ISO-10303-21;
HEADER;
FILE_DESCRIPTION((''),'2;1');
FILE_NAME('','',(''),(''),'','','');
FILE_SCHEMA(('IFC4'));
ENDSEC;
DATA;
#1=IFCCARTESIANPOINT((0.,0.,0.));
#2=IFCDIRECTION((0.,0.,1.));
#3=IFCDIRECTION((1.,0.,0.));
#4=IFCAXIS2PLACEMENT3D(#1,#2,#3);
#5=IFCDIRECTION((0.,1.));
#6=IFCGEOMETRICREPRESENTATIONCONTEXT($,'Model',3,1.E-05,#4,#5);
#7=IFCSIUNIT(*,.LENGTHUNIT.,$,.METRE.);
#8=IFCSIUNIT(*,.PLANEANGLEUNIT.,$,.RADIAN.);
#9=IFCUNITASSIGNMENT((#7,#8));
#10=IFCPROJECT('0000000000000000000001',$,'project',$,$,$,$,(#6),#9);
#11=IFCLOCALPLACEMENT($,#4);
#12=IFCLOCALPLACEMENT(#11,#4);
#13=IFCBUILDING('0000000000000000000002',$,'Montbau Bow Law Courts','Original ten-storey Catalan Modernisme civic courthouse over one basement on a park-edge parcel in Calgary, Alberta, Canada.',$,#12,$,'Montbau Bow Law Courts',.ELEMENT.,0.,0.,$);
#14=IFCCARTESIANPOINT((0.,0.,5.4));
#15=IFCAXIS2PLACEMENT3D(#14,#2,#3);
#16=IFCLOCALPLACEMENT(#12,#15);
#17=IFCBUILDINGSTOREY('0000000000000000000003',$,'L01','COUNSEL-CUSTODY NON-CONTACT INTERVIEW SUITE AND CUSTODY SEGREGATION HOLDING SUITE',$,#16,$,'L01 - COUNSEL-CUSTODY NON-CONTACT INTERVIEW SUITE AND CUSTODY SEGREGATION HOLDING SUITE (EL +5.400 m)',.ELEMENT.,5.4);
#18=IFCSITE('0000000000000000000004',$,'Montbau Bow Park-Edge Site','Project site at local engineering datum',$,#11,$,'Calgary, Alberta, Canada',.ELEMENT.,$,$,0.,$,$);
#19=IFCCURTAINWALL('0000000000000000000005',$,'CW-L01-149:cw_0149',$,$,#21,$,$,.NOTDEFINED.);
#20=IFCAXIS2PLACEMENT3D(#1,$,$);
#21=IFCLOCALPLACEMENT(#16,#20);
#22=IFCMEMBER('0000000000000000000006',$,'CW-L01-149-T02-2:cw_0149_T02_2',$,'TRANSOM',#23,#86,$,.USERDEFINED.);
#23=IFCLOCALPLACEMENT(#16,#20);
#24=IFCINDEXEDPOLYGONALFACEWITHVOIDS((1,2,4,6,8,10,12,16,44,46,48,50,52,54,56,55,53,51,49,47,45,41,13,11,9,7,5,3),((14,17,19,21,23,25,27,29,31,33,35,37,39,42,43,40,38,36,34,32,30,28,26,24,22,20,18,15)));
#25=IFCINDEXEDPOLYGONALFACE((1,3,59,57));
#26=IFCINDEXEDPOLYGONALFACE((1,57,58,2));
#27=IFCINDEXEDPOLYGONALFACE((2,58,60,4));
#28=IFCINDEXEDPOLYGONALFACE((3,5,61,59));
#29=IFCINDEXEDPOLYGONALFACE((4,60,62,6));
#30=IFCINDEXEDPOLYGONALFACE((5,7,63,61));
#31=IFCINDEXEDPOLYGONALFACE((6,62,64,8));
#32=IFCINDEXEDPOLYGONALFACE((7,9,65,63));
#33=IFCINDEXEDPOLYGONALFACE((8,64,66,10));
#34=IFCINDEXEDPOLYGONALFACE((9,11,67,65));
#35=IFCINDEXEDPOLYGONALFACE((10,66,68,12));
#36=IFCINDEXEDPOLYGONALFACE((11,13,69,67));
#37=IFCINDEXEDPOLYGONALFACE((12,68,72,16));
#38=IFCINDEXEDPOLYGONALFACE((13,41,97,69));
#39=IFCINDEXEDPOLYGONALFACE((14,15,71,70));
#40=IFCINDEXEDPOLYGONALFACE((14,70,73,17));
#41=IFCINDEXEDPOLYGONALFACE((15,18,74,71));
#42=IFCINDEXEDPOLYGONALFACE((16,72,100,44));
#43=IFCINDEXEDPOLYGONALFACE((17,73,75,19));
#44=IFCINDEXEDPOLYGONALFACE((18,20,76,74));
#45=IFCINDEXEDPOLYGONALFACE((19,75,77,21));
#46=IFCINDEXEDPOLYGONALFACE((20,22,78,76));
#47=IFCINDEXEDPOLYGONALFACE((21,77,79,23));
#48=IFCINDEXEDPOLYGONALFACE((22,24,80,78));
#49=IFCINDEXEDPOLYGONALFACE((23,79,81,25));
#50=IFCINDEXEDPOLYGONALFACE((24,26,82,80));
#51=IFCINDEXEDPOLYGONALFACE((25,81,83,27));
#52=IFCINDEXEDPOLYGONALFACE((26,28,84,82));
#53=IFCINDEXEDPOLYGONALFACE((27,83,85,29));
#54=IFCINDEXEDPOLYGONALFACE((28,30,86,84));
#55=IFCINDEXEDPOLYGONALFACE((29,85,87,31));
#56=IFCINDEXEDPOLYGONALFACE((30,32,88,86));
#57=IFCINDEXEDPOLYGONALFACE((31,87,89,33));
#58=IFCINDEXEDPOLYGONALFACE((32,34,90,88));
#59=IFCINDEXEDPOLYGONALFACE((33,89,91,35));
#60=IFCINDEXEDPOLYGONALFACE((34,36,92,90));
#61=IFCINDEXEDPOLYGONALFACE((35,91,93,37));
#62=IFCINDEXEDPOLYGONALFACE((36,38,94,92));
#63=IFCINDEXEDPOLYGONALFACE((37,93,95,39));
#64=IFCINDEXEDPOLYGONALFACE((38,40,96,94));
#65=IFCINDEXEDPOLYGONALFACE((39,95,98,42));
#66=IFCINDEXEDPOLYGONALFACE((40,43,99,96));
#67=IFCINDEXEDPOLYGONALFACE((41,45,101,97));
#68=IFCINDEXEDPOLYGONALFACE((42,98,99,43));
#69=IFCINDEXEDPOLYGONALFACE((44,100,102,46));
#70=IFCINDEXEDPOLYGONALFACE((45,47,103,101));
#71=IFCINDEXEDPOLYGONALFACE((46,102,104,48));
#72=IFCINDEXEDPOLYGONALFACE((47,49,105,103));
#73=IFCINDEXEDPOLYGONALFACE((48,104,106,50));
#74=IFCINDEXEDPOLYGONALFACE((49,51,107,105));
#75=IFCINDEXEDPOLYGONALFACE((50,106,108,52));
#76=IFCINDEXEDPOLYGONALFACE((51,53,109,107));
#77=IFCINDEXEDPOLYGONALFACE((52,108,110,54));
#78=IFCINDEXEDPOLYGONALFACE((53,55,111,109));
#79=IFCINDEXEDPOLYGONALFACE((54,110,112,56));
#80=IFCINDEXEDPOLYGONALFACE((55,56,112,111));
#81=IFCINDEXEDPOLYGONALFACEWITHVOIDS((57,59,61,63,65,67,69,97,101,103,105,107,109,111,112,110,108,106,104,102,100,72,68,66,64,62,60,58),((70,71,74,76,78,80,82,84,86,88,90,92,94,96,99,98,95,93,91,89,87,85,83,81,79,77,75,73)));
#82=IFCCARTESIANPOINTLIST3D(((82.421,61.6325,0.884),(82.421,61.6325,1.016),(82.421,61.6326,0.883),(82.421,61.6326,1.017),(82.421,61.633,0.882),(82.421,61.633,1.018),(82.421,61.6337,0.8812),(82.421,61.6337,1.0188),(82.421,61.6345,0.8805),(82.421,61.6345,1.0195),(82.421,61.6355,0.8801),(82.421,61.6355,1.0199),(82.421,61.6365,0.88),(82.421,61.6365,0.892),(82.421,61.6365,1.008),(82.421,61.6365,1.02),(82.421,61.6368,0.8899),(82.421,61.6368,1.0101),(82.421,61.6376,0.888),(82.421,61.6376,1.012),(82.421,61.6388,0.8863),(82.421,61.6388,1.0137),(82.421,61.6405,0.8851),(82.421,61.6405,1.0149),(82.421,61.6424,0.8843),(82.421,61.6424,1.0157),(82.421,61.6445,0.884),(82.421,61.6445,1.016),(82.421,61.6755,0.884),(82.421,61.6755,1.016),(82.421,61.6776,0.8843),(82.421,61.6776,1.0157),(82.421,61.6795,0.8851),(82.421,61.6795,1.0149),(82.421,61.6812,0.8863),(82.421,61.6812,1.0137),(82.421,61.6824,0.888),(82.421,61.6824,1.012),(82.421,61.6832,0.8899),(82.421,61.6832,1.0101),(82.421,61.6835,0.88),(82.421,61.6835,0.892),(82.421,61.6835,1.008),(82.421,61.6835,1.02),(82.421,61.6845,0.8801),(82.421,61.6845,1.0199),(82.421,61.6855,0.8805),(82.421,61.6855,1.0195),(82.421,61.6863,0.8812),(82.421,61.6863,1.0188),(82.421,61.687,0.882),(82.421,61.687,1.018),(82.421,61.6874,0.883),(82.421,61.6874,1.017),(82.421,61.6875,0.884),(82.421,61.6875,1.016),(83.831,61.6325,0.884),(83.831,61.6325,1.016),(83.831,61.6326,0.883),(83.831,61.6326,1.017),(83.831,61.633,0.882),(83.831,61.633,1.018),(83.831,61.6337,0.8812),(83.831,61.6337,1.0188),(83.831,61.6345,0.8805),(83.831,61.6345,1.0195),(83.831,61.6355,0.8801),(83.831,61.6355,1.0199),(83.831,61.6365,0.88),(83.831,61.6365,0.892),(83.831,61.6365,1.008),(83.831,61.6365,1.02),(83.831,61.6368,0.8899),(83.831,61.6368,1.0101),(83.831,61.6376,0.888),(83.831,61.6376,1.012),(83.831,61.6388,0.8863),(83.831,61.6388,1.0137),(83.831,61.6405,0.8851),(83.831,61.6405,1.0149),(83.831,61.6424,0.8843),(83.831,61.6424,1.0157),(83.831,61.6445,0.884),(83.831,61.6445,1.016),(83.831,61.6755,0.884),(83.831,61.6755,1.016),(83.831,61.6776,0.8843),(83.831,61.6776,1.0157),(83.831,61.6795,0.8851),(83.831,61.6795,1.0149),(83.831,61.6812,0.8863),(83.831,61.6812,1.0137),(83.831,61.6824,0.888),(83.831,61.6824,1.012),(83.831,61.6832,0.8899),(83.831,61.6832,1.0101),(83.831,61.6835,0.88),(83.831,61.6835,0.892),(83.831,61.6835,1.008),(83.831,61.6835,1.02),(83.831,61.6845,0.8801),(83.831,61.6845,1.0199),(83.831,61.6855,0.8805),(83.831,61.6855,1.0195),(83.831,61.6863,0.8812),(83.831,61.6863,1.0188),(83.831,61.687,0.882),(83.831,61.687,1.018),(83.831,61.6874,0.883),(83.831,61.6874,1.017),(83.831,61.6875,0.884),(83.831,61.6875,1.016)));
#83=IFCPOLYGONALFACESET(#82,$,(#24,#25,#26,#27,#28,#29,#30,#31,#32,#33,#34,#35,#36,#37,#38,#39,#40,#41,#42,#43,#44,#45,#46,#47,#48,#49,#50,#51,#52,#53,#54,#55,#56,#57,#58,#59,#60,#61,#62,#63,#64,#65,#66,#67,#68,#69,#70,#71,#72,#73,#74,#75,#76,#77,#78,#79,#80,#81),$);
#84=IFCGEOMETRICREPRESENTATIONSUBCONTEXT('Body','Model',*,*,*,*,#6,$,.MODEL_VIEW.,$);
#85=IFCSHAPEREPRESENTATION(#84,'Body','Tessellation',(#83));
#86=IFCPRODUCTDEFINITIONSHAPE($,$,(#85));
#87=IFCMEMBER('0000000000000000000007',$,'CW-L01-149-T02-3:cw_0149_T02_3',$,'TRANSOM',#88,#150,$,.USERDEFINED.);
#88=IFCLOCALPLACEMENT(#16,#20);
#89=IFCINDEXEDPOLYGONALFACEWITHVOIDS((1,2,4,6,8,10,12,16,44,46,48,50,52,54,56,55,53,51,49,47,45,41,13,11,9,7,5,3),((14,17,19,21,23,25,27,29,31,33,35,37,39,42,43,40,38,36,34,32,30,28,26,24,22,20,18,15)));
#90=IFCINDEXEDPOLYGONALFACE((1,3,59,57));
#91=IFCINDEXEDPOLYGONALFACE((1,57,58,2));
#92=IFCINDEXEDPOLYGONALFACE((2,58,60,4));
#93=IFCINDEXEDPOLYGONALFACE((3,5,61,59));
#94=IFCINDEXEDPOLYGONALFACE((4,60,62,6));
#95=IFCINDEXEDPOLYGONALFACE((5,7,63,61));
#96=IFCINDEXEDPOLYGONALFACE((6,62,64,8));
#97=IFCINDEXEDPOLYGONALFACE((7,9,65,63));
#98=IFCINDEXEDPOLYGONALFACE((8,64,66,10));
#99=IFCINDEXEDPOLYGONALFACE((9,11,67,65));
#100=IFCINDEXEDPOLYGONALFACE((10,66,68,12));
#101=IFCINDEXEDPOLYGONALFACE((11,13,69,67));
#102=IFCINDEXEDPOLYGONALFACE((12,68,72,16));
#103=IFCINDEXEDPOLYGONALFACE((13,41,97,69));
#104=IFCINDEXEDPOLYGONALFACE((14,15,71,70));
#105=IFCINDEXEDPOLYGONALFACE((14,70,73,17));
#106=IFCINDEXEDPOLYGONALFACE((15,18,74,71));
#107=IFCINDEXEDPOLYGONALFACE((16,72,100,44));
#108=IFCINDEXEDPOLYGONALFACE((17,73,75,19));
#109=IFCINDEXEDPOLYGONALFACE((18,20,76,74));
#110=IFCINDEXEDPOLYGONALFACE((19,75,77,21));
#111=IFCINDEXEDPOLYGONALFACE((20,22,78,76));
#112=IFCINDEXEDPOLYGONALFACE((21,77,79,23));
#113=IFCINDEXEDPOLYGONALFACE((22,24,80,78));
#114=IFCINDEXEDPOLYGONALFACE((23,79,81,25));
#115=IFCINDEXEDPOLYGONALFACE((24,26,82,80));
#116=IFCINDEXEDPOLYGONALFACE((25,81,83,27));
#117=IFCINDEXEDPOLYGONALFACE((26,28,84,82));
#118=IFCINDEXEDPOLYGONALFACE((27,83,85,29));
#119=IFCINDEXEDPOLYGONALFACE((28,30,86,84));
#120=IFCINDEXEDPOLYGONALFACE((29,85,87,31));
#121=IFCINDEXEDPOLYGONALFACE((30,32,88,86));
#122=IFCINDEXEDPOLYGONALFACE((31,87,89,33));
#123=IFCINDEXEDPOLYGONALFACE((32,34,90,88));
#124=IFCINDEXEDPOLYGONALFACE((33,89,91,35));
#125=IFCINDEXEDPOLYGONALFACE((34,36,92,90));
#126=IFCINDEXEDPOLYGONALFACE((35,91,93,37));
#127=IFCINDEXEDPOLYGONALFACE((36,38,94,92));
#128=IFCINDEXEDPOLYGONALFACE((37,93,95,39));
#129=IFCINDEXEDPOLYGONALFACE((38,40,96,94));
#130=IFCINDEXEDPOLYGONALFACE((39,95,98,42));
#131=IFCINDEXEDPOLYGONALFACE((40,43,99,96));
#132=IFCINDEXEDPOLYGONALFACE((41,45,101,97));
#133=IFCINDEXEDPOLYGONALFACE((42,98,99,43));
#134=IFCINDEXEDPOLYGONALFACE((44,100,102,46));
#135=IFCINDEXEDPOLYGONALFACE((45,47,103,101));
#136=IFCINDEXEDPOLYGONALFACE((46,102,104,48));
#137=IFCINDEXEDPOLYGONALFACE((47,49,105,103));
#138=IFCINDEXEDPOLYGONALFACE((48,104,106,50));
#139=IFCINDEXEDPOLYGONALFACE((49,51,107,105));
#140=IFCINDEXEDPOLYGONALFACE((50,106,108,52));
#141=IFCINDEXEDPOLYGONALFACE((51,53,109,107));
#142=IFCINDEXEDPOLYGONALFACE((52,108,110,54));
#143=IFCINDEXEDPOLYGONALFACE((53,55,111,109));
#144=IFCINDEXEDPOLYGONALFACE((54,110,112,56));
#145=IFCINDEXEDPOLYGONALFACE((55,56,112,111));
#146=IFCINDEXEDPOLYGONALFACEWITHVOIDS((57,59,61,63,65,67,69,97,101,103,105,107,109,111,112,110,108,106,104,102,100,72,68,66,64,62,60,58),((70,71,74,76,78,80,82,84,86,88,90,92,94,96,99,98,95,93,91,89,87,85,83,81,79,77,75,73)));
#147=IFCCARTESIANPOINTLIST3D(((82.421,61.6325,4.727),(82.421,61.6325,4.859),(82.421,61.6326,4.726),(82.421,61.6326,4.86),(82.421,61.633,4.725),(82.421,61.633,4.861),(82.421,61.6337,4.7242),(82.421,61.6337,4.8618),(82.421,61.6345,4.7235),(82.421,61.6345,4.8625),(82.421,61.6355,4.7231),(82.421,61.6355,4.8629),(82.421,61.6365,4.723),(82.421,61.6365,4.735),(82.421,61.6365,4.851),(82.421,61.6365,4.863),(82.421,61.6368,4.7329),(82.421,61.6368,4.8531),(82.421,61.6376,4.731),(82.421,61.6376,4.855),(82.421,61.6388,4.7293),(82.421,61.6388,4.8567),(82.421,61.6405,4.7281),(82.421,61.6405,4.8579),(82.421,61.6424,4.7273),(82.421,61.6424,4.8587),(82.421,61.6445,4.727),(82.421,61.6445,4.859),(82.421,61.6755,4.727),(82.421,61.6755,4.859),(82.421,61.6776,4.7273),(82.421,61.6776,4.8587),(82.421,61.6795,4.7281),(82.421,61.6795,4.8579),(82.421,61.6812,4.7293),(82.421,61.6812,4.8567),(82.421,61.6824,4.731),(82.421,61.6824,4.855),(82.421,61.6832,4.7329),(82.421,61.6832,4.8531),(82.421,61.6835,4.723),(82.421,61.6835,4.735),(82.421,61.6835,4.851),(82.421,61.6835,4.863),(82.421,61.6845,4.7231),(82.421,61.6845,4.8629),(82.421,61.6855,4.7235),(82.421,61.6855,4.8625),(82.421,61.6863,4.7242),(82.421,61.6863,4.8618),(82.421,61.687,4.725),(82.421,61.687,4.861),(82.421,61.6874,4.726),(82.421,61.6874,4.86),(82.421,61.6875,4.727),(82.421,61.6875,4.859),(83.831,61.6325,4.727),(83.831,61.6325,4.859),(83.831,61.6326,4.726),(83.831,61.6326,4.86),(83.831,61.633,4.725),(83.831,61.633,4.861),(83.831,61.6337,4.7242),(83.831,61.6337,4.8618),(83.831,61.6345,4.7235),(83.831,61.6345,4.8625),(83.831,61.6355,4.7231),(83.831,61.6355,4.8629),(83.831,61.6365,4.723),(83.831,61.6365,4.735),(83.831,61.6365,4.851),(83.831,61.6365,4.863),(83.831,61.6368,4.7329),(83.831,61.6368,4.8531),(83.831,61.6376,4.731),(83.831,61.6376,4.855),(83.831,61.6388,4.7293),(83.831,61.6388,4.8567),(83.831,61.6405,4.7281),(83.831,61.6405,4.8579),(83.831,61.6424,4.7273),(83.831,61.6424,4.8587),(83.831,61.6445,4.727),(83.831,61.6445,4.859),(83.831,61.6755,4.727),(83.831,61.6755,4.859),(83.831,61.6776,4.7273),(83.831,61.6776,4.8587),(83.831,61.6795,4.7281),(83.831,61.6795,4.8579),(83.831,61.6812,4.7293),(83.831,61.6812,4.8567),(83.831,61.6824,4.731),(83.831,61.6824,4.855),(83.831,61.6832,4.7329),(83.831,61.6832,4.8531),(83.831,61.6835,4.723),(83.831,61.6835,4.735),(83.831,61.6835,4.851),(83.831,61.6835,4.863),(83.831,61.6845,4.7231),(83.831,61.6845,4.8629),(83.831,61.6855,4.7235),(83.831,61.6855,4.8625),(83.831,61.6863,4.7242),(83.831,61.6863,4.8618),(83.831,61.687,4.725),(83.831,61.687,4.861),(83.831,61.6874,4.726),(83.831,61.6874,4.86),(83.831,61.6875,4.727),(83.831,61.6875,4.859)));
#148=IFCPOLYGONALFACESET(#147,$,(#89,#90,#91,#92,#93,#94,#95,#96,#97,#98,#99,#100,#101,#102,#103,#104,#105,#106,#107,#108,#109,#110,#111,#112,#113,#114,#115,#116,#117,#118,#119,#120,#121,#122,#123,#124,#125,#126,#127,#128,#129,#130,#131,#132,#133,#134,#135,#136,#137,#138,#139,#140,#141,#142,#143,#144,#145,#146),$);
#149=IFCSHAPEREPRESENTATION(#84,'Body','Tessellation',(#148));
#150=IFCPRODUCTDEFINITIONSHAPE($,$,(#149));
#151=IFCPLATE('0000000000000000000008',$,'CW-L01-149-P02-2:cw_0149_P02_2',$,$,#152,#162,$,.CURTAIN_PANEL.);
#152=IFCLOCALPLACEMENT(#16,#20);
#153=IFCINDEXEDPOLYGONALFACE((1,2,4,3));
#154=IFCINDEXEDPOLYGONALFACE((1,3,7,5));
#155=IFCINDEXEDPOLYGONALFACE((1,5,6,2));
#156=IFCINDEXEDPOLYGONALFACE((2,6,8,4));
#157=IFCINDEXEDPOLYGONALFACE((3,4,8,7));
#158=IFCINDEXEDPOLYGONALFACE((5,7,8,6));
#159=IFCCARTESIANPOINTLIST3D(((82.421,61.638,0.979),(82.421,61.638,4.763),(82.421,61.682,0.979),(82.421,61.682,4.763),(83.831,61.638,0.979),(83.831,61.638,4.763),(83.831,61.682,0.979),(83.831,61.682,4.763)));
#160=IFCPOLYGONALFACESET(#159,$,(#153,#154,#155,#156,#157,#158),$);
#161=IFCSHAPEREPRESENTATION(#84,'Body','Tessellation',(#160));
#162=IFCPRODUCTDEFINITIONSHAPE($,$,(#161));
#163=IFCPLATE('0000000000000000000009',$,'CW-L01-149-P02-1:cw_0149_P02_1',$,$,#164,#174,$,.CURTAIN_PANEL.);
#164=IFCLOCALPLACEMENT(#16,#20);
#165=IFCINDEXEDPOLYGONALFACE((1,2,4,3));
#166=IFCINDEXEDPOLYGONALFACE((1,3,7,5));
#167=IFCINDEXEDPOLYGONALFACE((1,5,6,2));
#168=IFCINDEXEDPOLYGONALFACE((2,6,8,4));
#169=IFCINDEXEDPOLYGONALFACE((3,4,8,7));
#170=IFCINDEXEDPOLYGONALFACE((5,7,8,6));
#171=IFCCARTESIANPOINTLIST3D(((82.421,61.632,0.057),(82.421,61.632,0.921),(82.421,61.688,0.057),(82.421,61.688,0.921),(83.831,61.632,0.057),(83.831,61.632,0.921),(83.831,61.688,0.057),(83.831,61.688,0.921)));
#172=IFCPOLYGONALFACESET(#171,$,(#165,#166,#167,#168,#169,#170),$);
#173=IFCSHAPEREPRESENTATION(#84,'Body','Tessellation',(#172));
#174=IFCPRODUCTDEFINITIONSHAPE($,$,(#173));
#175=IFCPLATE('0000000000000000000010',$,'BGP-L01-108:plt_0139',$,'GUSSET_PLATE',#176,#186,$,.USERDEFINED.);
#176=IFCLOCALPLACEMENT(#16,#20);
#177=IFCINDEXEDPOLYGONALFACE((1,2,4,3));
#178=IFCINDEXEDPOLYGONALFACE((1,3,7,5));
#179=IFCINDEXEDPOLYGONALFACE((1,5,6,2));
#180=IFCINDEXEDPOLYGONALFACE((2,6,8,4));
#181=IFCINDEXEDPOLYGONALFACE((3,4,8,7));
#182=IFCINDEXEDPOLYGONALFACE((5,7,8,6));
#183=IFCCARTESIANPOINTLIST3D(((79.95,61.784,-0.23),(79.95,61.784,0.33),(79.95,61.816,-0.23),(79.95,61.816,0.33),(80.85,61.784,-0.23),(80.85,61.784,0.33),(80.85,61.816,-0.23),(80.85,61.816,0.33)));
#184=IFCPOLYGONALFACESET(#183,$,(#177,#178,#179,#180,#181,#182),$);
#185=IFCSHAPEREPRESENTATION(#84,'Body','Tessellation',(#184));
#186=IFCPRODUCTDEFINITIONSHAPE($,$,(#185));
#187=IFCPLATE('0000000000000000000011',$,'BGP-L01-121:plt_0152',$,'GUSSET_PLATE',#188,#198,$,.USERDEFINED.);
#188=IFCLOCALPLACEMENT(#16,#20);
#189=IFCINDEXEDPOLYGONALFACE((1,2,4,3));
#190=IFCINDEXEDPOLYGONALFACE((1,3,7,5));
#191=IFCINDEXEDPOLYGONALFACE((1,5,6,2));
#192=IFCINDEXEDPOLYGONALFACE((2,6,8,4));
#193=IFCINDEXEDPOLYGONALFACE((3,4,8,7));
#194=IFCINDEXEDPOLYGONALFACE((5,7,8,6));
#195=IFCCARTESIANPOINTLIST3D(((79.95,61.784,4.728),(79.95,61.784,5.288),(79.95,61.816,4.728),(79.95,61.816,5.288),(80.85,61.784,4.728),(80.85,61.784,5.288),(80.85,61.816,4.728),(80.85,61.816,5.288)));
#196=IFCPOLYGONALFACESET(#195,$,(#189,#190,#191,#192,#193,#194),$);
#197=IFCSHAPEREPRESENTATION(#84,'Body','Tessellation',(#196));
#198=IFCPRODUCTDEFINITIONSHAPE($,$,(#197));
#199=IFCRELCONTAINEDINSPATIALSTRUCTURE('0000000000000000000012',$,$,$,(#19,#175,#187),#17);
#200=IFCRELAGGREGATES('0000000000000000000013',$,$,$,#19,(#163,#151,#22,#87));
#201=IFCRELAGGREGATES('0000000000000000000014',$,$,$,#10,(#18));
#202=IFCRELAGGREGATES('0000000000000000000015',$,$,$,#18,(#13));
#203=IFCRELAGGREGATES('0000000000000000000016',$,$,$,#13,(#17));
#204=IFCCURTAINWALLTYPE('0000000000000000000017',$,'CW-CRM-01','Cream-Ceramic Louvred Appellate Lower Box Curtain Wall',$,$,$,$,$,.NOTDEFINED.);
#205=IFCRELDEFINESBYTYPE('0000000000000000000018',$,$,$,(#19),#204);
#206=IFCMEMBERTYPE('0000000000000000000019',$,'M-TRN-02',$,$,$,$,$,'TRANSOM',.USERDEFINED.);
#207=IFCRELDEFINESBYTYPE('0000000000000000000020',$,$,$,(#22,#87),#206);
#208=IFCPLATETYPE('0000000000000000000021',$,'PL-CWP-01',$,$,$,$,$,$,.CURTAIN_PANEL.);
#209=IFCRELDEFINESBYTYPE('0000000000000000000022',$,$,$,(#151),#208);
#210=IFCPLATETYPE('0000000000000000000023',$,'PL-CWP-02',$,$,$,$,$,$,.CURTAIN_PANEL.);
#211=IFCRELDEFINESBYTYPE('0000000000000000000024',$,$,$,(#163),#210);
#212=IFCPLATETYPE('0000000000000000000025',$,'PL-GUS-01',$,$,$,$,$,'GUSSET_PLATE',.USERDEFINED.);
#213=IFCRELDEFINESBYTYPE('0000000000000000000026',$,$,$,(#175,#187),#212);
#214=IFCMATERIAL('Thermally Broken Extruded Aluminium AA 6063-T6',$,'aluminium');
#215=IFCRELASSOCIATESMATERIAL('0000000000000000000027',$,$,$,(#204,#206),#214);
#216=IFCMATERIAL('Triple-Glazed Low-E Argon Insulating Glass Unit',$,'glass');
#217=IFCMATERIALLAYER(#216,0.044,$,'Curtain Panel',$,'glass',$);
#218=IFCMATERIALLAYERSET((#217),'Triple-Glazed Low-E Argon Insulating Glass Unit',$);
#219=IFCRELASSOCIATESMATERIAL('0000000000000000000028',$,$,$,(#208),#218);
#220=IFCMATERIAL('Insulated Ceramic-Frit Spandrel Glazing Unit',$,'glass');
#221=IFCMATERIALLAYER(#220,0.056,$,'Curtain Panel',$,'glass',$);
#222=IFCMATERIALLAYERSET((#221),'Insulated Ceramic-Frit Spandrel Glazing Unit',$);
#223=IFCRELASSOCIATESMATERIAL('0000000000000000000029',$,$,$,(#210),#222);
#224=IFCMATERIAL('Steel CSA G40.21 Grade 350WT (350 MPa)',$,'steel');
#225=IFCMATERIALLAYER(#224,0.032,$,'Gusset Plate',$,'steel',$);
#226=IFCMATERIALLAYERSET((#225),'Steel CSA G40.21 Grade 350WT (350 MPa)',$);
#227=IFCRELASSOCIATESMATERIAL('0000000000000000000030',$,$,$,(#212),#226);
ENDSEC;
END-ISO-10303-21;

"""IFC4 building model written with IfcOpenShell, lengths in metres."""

from ifc_helpers import new_model, si_unit, direction, frame, frame_2d, origin_with_axes, origin_2d_with_axis, place, context, subcontext, project, spatial, rectangle, hollow_rectangle, extrude, material, layer, layer_set, material_profile, profile_set, type_object, element, aggregate, save


model = new_model("IFC4")

# Units and contexts
model_context = context("Model", 3, precision=1e-05, world=origin_with_axes(), true_north=direction((0.0, 1.0)))
body_context = subcontext(model_context, "Body", "Model", "MODEL_VIEW")
ifc_project = project(units=[si_unit("LENGTHUNIT", "METRE"), si_unit("PLANEANGLEUNIT", "RADIAN")], contexts=[model_context])

# Site, building, storey
site_placement = place(None, origin_with_axes())
site = spatial("IfcSite", under=ifc_project, at=site_placement, Name="Montbau Bow Park-Edge Site", Description="Project site at local engineering datum", LongName="Calgary, Alberta, Canada", CompositionType="ELEMENT", RefElevation=0.0)
building_placement = place(site_placement, origin_with_axes())
building = spatial("IfcBuilding", under=site, at=building_placement, Name="Montbau Bow Law Courts", Description="Original ten-storey Catalan Modernisme civic courthouse over one basement on a park-edge parcel in Calgary, Alberta, Canada.", LongName="Montbau Bow Law Courts", CompositionType="ELEMENT", ElevationOfRefHeight=0.0, ElevationOfTerrain=0.0)
storey_placement = place(building_placement, frame((0.0, 0.0, 5.4), z_axis=(0.0, 0.0, 1.0), x_axis=(1.0, 0.0, 0.0)))
storey = spatial("IfcBuildingStorey", under=building, at=storey_placement, Name="L01", Description="COUNSEL-CUSTODY NON-CONTACT INTERVIEW SUITE AND CUSTODY SEGREGATION HOLDING SUITE", LongName="L01 - COUNSEL-CUSTODY NON-CONTACT INTERVIEW SUITE AND CUSTODY SEGREGATION HOLDING SUITE (EL +5.400 m)", CompositionType="ELEMENT", Elevation=5.4)

# Shared definitions
ifc_material_1 = material(Name="Steel CSA G40.21 Grade 350WT (350 MPa)", Category="steel")

# Curtain wall, members, plates
ifc_material_2 = material(Name="Thermally Broken Extruded Aluminium AA 6063-T6", Category="aluminium")
curtain_wall_type = type_object("IfcCurtainWallType", Name="CW-CRM-01", Description="Cream-Ceramic Louvred Appellate Lower Box Curtain Wall", PredefinedType="NOTDEFINED", material=ifc_material_2)
curtain_wall_placement = place(None, frame((80.915, 61.66, 5.4), z_axis=(0.0, 0.0, 1.0), x_axis=(1.0, 0.0, 0.0)))
curtain_wall = element("IfcCurtainWall", 1, at=curtain_wall_placement, inside=storey, type_object=curtain_wall_type, Name="CW-L01-149:cw_0149", PredefinedType="NOTDEFINED")
ifc_material_profile_1 = material_profile(ifc_material_2, hollow_rectangle(XDim=0.055, YDim=0.14, WallThickness=0.004, InnerFilletRadius=0.008, OuterFilletRadius=0.004, at=origin_2d_with_axis()), Name="CWT-140X55", Category="Main", Priority=0)
ifc_profile_set_1 = profile_set([ifc_material_profile_1], Name="Thermally Broken Extruded Aluminium AA 6063-T6")
member_type_1 = type_object("IfcMemberType", Name="M-TRN-02", ElementType="TRANSOM", PredefinedType="USERDEFINED", material=ifc_profile_set_1)
member_1_placement = place(None, frame((82.421, 61.66, 6.35), z_axis=(1.0, 0.0, 0.0), x_axis=(0.0, 1.0, 0.0)))
member_1 = element("IfcMember", 2, at=member_1_placement, type_object=member_type_1, Name="CW-L01-149-T02-2:cw_0149_T02_2", ObjectType="TRANSOM", PredefinedType="USERDEFINED", context=body_context, shape_type="SweptSolid", body=[
    extrude(hollow_rectangle(XDim=0.055, YDim=0.14, WallThickness=0.004, InnerFilletRadius=0.008, OuterFilletRadius=0.004, at=origin_2d_with_axis()), origin_with_axes(), (0.0, 0.0, 1.0), 1.41),
])
member_2_placement = place(None, frame((82.421, 61.66, 10.193), z_axis=(1.0, 0.0, 0.0), x_axis=(0.0, 1.0, 0.0)))
member_2 = element("IfcMember", 3, at=member_2_placement, type_object=member_type_1, Name="CW-L01-149-T02-3:cw_0149_T02_3", ObjectType="TRANSOM", PredefinedType="USERDEFINED", context=body_context, shape_type="SweptSolid", body=[
    extrude(hollow_rectangle(XDim=0.055, YDim=0.14, WallThickness=0.004, InnerFilletRadius=0.008, OuterFilletRadius=0.004, at=origin_2d_with_axis()), origin_with_axes(), (0.0, 0.0, 1.0), 1.41),
])
ifc_material_3 = material(Name="Triple-Glazed Low-E Argon Insulating Glass Unit", Category="glass")
ifc_layer_1 = layer(ifc_material_3, 0.044, Name="Curtain Panel", Category="glass")
ifc_layer_set_1 = layer_set([ifc_layer_1], Name="Triple-Glazed Low-E Argon Insulating Glass Unit")
plate_type_1 = type_object("IfcPlateType", Name="PL-CWP-01", PredefinedType="CURTAIN_PANEL", material=ifc_layer_set_1)
plate_1_placement = place(None, frame((82.421, 61.66, 6.379), z_axis=(0.0, -1.0, 0.0), x_axis=(1.0, 0.0, 0.0)))
plate_1 = element("IfcPlate", 4, at=plate_1_placement, type_object=plate_type_1, Name="CW-L01-149-P02-2:cw_0149_P02_2", PredefinedType="CURTAIN_PANEL", context=body_context, shape_type="SweptSolid", body=[
    extrude(rectangle(XDim=1.41, YDim=3.784, at=frame_2d((0.705, 1.892), x_axis=(1.0, 0.0))), frame((0.0, 0.0, -0.022), z_axis=(0.0, 0.0, 1.0), x_axis=(1.0, 0.0, 0.0)), (0.0, 0.0, 1.0), 0.044),
])
ifc_material_4 = material(Name="Insulated Ceramic-Frit Spandrel Glazing Unit", Category="glass")
ifc_layer_2 = layer(ifc_material_4, 0.056, Name="Curtain Panel", Category="glass")
ifc_layer_set_2 = layer_set([ifc_layer_2], Name="Insulated Ceramic-Frit Spandrel Glazing Unit")
plate_type_2 = type_object("IfcPlateType", Name="PL-CWP-02", PredefinedType="CURTAIN_PANEL", material=ifc_layer_set_2)
plate_2_placement = place(None, frame((82.421, 61.66, 5.457), z_axis=(0.0, -1.0, 0.0), x_axis=(1.0, 0.0, 0.0)))
plate_2 = element("IfcPlate", 5, at=plate_2_placement, type_object=plate_type_2, Name="CW-L01-149-P02-1:cw_0149_P02_1", PredefinedType="CURTAIN_PANEL", context=body_context, shape_type="SweptSolid", body=[
    extrude(rectangle(XDim=1.41, YDim=0.864, at=frame_2d((0.705, 0.432), x_axis=(1.0, 0.0))), frame((0.0, 0.0, -0.028), z_axis=(0.0, 0.0, 1.0), x_axis=(1.0, 0.0, 0.0)), (0.0, 0.0, 1.0), 0.056),
])
aggregate(curtain_wall, [plate_2, plate_1, member_1, member_2])

# Plates
ifc_layer_3 = layer(ifc_material_1, 0.032, Name="Gusset Plate", Category="steel")
ifc_layer_set_3 = layer_set([ifc_layer_3], Name="Steel CSA G40.21 Grade 350WT (350 MPa)")
plate_type_3 = type_object("IfcPlateType", Name="PL-GUS-01", ElementType="GUSSET_PLATE", PredefinedType="USERDEFINED", material=ifc_layer_set_3)
for number, where, z_axis, x_axis, name in (
    (6, (80.4, 61.8, 5.17), (0.0, 0.0, 1.0), (1.0, 0.0, 0.0), "BGP-L01-108:plt_0139"),
    (7, (80.4, 61.8, 10.128), (0.0, 0.0, 1.0), (1.0, 0.0, 0.0), "BGP-L01-121:plt_0152"),
):
    element("IfcPlate", number, at=place(None, frame(where, z_axis=z_axis, x_axis=x_axis)), inside=storey, type_object=plate_type_3, Name=name, ObjectType="GUSSET_PLATE", PredefinedType="USERDEFINED", context=body_context, shape_type="SweptSolid", body=[
        extrude(rectangle(XDim=0.9, YDim=0.032, at=origin_2d_with_axis()), origin_with_axes(), (0.0, 0.0, 1.0), 0.56),
    ])

save(model, "model.ifc")
